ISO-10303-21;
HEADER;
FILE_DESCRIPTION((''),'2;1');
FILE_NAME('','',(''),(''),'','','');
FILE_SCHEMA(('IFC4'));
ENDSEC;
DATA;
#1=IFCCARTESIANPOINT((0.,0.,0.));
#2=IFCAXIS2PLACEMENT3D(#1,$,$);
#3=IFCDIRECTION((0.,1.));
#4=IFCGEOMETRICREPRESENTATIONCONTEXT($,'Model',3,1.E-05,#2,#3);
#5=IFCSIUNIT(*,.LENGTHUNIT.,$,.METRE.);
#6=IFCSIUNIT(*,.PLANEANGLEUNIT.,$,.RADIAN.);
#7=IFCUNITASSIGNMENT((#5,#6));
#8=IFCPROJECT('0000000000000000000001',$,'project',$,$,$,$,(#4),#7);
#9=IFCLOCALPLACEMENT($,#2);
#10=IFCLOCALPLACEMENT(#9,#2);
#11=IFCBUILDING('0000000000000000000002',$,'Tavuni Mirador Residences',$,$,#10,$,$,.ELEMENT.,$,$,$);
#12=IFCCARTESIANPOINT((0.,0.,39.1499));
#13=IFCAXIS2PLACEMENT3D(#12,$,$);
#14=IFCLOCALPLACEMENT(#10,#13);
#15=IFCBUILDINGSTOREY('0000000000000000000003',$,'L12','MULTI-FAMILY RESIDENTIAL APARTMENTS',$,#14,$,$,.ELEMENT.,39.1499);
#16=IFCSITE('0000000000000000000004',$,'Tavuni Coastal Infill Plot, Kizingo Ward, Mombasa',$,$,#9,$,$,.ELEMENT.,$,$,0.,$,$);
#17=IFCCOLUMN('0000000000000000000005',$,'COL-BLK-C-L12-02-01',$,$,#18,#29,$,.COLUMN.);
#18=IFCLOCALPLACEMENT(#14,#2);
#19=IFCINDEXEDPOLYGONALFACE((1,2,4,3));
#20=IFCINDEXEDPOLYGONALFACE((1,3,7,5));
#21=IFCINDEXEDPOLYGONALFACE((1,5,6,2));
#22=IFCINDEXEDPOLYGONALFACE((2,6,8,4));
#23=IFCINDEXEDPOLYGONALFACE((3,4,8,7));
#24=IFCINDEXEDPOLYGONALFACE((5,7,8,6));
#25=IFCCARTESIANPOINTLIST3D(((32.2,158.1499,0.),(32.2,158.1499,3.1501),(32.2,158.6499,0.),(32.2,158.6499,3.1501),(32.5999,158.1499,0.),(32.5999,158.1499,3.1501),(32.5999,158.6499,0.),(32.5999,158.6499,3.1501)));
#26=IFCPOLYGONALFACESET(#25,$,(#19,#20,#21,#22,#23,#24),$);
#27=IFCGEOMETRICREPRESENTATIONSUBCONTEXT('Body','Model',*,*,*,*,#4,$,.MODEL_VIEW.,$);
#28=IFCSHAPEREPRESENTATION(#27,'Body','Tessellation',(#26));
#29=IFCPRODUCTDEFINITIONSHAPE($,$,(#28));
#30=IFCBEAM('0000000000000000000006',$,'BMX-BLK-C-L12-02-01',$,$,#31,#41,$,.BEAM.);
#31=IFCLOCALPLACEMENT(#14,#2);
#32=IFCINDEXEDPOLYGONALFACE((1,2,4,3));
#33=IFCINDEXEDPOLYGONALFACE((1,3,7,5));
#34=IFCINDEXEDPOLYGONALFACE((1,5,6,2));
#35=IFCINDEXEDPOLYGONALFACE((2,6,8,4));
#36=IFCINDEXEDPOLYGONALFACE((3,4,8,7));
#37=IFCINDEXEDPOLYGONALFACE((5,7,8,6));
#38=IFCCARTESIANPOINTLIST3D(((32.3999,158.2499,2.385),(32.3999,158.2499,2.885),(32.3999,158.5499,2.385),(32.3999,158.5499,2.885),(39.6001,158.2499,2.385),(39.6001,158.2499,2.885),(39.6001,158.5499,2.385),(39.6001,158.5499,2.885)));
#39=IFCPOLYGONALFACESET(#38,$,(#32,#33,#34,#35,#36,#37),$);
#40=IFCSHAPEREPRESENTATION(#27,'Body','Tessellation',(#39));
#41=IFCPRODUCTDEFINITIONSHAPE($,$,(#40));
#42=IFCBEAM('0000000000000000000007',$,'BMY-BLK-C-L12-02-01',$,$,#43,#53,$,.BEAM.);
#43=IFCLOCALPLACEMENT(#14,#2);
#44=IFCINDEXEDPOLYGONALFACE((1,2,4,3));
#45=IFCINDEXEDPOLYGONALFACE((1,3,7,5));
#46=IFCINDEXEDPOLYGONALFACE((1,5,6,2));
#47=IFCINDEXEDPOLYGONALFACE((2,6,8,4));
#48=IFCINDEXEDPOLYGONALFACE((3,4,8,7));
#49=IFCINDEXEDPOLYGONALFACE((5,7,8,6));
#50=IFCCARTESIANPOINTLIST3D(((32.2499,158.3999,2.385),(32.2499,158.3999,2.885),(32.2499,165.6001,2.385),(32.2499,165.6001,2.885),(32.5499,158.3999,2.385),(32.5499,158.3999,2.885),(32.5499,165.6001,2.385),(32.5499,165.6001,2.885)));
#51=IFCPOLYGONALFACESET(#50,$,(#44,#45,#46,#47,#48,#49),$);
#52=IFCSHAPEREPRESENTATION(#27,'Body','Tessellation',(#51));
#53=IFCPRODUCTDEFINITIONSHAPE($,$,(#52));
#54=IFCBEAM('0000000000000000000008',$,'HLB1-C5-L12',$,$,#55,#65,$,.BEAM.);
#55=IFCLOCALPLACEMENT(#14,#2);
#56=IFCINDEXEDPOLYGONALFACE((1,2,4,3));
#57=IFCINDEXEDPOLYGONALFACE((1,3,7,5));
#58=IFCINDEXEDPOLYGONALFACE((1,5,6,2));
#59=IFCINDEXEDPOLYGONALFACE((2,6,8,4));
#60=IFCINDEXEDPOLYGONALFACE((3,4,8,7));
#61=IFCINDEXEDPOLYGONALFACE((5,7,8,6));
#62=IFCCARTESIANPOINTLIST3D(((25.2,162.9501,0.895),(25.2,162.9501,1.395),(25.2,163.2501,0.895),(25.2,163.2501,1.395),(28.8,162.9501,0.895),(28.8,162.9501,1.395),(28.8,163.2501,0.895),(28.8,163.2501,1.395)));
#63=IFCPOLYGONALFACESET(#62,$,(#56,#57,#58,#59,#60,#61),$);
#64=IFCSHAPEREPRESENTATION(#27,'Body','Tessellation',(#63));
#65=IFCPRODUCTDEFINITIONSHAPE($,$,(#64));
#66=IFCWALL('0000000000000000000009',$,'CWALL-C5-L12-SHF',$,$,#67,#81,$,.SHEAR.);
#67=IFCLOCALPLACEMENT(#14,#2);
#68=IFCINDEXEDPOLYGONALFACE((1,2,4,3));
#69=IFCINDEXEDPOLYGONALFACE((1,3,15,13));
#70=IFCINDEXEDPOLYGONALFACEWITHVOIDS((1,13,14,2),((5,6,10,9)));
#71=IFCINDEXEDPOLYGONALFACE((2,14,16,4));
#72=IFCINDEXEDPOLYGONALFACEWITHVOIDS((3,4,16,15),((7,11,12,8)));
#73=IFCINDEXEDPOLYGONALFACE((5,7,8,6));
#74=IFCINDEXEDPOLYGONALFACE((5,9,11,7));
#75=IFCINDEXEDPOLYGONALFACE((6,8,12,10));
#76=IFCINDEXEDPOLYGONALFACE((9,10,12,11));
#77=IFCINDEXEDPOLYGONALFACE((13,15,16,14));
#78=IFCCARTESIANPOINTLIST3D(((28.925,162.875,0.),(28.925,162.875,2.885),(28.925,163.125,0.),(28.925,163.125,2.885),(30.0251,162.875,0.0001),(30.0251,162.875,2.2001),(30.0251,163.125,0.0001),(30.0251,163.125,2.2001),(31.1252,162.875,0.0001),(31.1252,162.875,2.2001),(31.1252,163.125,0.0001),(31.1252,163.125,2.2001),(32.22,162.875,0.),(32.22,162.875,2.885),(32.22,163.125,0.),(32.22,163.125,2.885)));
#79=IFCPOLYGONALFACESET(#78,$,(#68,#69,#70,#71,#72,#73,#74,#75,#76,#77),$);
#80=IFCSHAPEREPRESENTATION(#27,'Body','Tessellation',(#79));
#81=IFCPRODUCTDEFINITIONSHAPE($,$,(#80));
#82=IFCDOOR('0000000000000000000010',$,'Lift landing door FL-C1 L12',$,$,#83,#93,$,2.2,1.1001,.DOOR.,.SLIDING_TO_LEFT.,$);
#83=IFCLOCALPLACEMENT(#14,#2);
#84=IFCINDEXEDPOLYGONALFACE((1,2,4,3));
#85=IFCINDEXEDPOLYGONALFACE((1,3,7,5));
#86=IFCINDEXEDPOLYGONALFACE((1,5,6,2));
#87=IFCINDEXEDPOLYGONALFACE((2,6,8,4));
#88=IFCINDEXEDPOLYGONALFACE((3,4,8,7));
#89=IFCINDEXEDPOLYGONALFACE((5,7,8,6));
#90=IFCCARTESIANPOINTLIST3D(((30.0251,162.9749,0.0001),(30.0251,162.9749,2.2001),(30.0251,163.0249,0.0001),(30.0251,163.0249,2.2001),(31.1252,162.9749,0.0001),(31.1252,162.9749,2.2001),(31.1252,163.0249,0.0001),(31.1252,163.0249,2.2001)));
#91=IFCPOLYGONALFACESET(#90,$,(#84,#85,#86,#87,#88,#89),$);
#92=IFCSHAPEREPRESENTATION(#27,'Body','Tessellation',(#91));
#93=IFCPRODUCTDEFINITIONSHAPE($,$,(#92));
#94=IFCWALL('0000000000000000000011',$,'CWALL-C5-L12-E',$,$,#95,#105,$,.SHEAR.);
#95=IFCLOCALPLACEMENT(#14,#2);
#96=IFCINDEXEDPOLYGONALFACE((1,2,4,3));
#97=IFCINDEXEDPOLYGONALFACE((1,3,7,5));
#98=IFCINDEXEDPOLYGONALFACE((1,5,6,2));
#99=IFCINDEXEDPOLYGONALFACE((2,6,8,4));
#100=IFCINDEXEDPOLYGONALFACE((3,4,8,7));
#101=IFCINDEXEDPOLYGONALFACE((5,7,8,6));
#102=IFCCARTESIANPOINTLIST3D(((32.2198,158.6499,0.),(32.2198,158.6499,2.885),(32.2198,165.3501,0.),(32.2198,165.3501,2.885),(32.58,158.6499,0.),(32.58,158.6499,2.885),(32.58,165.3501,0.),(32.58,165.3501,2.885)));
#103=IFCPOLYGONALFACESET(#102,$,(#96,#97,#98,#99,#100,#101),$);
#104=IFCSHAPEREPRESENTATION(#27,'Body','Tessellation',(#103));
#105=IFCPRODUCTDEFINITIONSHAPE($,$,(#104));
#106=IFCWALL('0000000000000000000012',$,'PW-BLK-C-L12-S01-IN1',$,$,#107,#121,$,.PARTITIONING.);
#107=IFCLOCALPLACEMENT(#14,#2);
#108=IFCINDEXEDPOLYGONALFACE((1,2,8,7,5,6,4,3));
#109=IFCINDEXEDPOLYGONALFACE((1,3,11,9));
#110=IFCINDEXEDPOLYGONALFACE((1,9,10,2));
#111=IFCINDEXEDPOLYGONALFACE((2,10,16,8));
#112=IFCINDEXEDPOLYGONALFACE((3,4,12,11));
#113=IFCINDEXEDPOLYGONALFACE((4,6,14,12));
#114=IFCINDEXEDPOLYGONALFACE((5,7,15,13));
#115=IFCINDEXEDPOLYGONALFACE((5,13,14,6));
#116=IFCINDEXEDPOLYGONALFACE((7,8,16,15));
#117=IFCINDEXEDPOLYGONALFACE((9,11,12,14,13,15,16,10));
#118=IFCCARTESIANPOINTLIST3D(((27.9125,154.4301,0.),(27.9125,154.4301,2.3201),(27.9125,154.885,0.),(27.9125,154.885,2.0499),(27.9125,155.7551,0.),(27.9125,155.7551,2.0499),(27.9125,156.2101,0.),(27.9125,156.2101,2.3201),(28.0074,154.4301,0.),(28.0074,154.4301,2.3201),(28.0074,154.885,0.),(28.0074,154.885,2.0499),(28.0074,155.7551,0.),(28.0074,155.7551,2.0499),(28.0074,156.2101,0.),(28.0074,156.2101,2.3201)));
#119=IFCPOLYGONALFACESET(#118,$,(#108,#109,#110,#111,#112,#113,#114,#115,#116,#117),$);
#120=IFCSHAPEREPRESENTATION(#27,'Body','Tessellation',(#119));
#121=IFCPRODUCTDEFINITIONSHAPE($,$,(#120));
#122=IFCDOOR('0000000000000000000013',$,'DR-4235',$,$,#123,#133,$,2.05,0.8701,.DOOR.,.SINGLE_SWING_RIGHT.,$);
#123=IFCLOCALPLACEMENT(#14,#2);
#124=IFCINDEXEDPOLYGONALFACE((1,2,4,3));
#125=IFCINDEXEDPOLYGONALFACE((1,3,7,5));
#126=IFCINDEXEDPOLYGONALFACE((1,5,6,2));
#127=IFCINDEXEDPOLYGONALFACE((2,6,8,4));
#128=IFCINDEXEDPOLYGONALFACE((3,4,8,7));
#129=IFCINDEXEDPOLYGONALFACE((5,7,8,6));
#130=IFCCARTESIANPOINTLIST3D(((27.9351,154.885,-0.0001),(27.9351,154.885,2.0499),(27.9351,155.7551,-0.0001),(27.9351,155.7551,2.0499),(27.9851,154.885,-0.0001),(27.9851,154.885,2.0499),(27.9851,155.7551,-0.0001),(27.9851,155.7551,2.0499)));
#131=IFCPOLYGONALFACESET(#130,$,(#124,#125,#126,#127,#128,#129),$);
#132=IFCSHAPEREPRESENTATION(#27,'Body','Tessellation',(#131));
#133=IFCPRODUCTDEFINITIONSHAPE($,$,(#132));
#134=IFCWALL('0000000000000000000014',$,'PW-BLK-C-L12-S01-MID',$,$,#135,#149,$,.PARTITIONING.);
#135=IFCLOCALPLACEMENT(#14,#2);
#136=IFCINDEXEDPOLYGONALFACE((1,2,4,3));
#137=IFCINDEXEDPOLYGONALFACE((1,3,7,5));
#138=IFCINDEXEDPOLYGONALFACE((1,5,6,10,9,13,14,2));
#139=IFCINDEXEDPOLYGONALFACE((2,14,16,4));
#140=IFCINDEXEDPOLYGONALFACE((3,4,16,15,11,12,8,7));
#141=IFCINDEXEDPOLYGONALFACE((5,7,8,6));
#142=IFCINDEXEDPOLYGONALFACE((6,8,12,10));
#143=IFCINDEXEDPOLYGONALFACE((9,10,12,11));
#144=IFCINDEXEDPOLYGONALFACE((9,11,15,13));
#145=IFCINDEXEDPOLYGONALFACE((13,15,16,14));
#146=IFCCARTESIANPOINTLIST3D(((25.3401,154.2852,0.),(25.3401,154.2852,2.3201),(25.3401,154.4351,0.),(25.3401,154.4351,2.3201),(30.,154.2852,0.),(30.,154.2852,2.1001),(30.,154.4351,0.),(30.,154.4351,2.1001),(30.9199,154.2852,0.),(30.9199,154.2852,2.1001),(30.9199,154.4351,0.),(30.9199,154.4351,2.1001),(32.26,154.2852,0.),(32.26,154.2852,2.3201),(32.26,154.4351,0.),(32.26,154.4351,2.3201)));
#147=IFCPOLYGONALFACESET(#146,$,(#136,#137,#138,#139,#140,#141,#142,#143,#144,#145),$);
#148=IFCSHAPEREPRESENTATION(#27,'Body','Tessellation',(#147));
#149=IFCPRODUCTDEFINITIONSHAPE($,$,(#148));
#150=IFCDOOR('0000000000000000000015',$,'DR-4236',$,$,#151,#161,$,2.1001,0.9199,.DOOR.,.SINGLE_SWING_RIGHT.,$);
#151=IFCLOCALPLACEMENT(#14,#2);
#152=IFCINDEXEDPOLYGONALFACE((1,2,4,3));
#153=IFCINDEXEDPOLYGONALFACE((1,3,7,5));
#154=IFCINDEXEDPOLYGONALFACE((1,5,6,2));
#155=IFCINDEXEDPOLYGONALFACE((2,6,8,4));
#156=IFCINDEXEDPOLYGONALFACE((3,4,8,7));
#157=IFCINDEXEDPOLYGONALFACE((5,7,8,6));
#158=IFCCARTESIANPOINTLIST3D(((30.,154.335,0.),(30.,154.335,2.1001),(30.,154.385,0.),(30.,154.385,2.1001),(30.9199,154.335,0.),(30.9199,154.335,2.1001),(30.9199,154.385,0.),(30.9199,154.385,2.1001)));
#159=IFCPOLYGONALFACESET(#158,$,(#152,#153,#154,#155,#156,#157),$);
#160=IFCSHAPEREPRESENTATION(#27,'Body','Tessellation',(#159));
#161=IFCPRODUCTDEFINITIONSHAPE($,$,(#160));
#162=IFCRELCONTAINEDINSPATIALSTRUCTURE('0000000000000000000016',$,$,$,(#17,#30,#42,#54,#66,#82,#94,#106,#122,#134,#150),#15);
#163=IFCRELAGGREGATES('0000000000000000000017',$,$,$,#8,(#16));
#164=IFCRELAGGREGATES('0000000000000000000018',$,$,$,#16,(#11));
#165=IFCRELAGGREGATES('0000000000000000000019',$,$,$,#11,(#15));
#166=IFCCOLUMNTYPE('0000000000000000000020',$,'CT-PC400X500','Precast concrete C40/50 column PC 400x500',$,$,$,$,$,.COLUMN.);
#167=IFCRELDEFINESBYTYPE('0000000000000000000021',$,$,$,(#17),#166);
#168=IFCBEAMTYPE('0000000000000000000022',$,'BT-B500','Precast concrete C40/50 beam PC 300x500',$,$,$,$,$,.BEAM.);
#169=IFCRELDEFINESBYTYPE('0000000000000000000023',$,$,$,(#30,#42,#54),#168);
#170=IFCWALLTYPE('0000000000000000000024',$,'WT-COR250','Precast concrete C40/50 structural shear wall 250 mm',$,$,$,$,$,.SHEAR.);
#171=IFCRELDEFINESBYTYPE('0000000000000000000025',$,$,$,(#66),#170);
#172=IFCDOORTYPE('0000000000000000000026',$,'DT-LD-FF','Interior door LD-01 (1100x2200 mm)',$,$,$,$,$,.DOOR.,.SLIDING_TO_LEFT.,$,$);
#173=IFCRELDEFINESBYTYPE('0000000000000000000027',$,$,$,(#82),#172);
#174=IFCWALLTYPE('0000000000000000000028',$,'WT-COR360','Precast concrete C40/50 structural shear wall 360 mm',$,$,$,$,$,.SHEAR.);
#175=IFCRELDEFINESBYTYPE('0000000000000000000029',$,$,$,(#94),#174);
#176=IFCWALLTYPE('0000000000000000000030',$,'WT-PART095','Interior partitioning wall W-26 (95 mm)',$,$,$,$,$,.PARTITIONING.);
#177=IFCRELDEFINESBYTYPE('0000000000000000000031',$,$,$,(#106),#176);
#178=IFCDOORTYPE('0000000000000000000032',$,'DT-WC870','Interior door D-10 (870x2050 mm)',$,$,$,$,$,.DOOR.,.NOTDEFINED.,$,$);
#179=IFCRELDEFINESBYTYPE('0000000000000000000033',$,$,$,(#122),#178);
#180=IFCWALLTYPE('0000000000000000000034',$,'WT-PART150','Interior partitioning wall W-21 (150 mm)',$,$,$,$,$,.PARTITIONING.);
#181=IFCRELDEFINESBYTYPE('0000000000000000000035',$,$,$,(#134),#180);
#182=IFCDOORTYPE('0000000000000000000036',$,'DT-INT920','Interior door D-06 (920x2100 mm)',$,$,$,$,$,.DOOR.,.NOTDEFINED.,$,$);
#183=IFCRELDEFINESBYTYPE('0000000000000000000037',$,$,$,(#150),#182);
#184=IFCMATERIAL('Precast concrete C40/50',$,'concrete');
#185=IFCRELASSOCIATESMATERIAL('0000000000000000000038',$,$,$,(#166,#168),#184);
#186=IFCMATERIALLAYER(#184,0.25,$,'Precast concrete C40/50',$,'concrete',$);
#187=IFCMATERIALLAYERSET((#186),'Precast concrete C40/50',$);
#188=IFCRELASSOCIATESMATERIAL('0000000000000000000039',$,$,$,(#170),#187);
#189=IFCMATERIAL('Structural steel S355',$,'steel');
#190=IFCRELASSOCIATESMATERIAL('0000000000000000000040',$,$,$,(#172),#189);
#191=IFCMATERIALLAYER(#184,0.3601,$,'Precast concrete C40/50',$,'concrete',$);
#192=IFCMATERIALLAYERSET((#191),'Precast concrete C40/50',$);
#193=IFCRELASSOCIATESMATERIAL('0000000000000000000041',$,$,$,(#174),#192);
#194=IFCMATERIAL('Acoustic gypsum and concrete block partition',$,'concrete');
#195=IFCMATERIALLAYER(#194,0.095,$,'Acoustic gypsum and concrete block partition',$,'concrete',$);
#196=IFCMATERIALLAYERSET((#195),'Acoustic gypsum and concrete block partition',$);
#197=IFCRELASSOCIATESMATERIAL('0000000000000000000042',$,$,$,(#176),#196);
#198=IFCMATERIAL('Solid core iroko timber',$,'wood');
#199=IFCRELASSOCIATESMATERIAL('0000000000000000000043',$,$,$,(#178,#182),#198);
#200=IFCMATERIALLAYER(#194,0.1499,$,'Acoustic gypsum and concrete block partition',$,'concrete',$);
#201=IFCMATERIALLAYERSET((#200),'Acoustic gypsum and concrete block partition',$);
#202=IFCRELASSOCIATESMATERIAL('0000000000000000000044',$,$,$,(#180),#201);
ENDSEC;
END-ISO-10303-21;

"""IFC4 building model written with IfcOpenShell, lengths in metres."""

from ifc_helpers import new_model, si_unit, direction, frame, frame_2d, origin, origin_2d, place, context, subcontext, project, spatial, rectangle, extrude, material, layer, layer_set, material_profile, profile_set, type_object, element, fill, save


model = new_model("IFC4")

# Units and contexts
model_context = context("Model", 3, precision=1e-05, world=origin(), true_north=direction((0.0, 1.0)))
body_context = subcontext(model_context, "Body", "Model", "MODEL_VIEW")
ifc_project = project(units=[si_unit("LENGTHUNIT", "METRE"), si_unit("PLANEANGLEUNIT", "RADIAN")], contexts=[model_context])

# Site, building, storey
site_placement = place(None, origin())
site = spatial("IfcSite", under=ifc_project, at=site_placement, Name="Tavuni Coastal Infill Plot, Kizingo Ward, Mombasa", CompositionType="ELEMENT", RefElevation=0.0)
building_placement = place(site_placement, origin())
building = spatial("IfcBuilding", under=site, at=building_placement, Name="Tavuni Mirador Residences", CompositionType="ELEMENT")
storey_placement = place(building_placement, frame((0.0, 0.0, 39.1499)))
storey = spatial("IfcBuildingStorey", under=building, at=storey_placement, Name="L12", Description="MULTI-FAMILY RESIDENTIAL APARTMENTS", CompositionType="ELEMENT", Elevation=39.1499)

# Column
ifc_material_1 = material(Name="Precast concrete C40/50", Category="concrete")
ifc_material_profile_1 = material_profile(ifc_material_1, rectangle(XDim=0.3999, YDim=0.5, at=origin_2d()), Name="PC 400x500", Category="concrete")
ifc_profile_set_1 = profile_set([ifc_material_profile_1], Name="Precast concrete C40/50")
column_type = type_object("IfcColumnType", Name="CT-PC400X500", Description="Precast concrete C40/50 column PC 400x500", PredefinedType="COLUMN", material=ifc_profile_set_1)
column_placement = place(storey_placement, frame((32.3999, 158.3999, 0.0), z_axis=(0.0, 0.0, 1.0), x_axis=(1.0, 0.0, 0.0)))
element("IfcColumn", 1, at=column_placement, inside=storey, type_object=column_type, Name="COL-BLK-C-L12-02-01", PredefinedType="COLUMN", context=body_context, shape_type="SweptSolid", body=[
    extrude(rectangle(XDim=0.3999, YDim=0.5, at=origin_2d()), origin(), (0.0, 0.0, 1.0), 3.1501),
])

# Beams
ifc_material_profile_2 = material_profile(ifc_material_1, rectangle(XDim=0.3, YDim=0.5, at=origin_2d()), Name="PC 300x500", Category="concrete")
ifc_profile_set_2 = profile_set([ifc_material_profile_2], Name="Precast concrete C40/50")
beam_type = type_object("IfcBeamType", Name="BT-B500", Description="Precast concrete C40/50 beam PC 300x500", PredefinedType="BEAM", material=ifc_profile_set_2)
for number, where, z_axis, x_axis, name in (
    (2, (32.3999, 158.3999, 2.635), (1.0, 0.0, 0.0), (0.0, 1.0, 0.0), "BMX-BLK-C-L12-02-01"),
    (3, (32.3999, 158.3999, 2.635), (0.0, 1.0, 0.0), (-1.0, 0.0, 0.0), "BMY-BLK-C-L12-02-01"),
):
    element("IfcBeam", number, at=place(storey_placement, frame(where, z_axis=z_axis, x_axis=x_axis)), inside=storey, type_object=beam_type, Name=name, PredefinedType="BEAM", context=body_context, shape_type="SweptSolid", body=[
        extrude(rectangle(XDim=0.3, YDim=0.5, at=origin_2d()), origin(), (0.0, 0.0, 1.0), 7.2002),
    ])
beam_placement = place(storey_placement, frame((25.2, 163.1001, 1.145), z_axis=(1.0, 0.0, 0.0), x_axis=(0.0, 1.0, 0.0)))
element("IfcBeam", 4, at=beam_placement, inside=storey, type_object=beam_type, Name="HLB1-C5-L12", PredefinedType="BEAM", context=body_context, shape_type="SweptSolid", body=[
    extrude(rectangle(XDim=0.3, YDim=0.5, at=origin_2d()), origin(), (0.0, 0.0, 1.0), 3.6001),
])

# Wall, opening, door
ifc_layer_1 = layer(ifc_material_1, 0.25, Name="Precast concrete C40/50", Category="concrete")
ifc_layer_set_1 = layer_set([ifc_layer_1], Name="Precast concrete C40/50")
wall_type_1 = type_object("IfcWallType", Name="WT-COR250", Description="Precast concrete C40/50 structural shear wall 250 mm", PredefinedType="SHEAR", material=ifc_layer_set_1)
ifc_material_2 = material(Name="Solid core iroko timber", Category="wood")
wall_1_placement = place(storey_placement, frame((28.925, 163.0, 0.0), z_axis=(0.0, 0.0, 1.0), x_axis=(1.0, 0.0, 0.0)))
wall_1 = element("IfcWall", 5, at=wall_1_placement, inside=storey, type_object=wall_type_1, Name="CWALL-C5-L12-SHF", PredefinedType="SHEAR", context=body_context, shape_type="SweptSolid", body=[
    extrude(rectangle(XDim=3.2949, YDim=0.25, at=frame_2d((1.6475, 0.0))), origin(), (0.0, 0.0, 1.0), 2.885),
])
opening_1_placement = place(wall_1_placement, frame((1.1001, 0.0, 0.0)))
opening_1 = element("IfcOpeningElement", 6, at=opening_1_placement, cuts=wall_1, PredefinedType="OPENING", context=body_context, shape_type="SweptSolid", body=[
    extrude(rectangle(XDim=1.1001, YDim=2.2, at=frame_2d((0.55, 1.1001))), frame((0.0, 0.135, 0.0), z_axis=(0.0, -1.0, 0.0), x_axis=(1.0, 0.0, 0.0)), (0.0, 0.0, 1.0), 0.27),
])
ifc_material_3 = material(Name="Structural steel S355", Category="steel")
door_type_1 = type_object("IfcDoorType", Name="DT-LD-FF", Description="Interior door LD-01 (1100x2200 mm)", OperationType="SLIDING_TO_LEFT", PredefinedType="DOOR", material=ifc_material_3)
door_1_placement = place(opening_1_placement, origin())
door_1 = element("IfcDoor", 7, at=door_1_placement, inside=storey, type_object=door_type_1, Name="Lift landing door FL-C1 L12", OperationType="SLIDING_TO_LEFT", OverallHeight=2.2, OverallWidth=1.1001, PredefinedType="DOOR", context=body_context, shape_type="SweptSolid", body=[
    extrude(rectangle(XDim=1.1001, YDim=2.2, at=frame_2d((0.55, 1.1001))), frame((0.0, 0.0249, 0.0), z_axis=(0.0, -1.0, 0.0), x_axis=(1.0, 0.0, 0.0)), (0.0, 0.0, 1.0), 0.05),
])
fill(opening_1, door_1)

# Wall
ifc_layer_2 = layer(ifc_material_1, 0.3601, Name="Precast concrete C40/50", Category="concrete")
ifc_layer_set_2 = layer_set([ifc_layer_2], Name="Precast concrete C40/50")
wall_type_2 = type_object("IfcWallType", Name="WT-COR360", Description="Precast concrete C40/50 structural shear wall 360 mm", PredefinedType="SHEAR", material=ifc_layer_set_2)
wall_2_placement = place(storey_placement, frame((32.3999, 158.6499, 0.0), z_axis=(0.0, 0.0, 1.0), x_axis=(0.0, 1.0, 0.0)))
element("IfcWall", 8, at=wall_2_placement, inside=storey, type_object=wall_type_2, Name="CWALL-C5-L12-E", PredefinedType="SHEAR", context=body_context, shape_type="SweptSolid", body=[
    extrude(rectangle(XDim=6.7002, YDim=0.3601, at=frame_2d((3.3501, 0.0))), origin(), (0.0, 0.0, 1.0), 2.885),
])

# Walls, openings, doors
ifc_material_4 = material(Name="Acoustic gypsum and concrete block partition", Category="concrete")
ifc_layer_3 = layer(ifc_material_4, 0.095, Name="Acoustic gypsum and concrete block partition", Category="concrete")
ifc_layer_set_3 = layer_set([ifc_layer_3], Name="Acoustic gypsum and concrete block partition")
wall_type_3 = type_object("IfcWallType", Name="WT-PART095", Description="Interior partitioning wall W-26 (95 mm)", PredefinedType="PARTITIONING", material=ifc_layer_set_3)
wall_3_placement = place(storey_placement, frame((27.96, 154.4299, 0.0), z_axis=(0.0, 0.0, 1.0), x_axis=(0.0, 1.0, 0.0)))
wall_3 = element("IfcWall", 9, at=wall_3_placement, inside=storey, type_object=wall_type_3, Name="PW-BLK-C-L12-S01-IN1", PredefinedType="PARTITIONING", context=body_context, shape_type="SweptSolid", body=[
    extrude(rectangle(XDim=1.78, YDim=0.095, at=frame_2d((0.8901, 0.0))), origin(), (0.0, 0.0, 1.0), 2.3201),
])
opening_2_placement = place(wall_3_placement, frame((0.4551, 0.0, 0.0)))
opening_2 = element("IfcOpeningElement", 10, at=opening_2_placement, cuts=wall_3, PredefinedType="OPENING", context=body_context, shape_type="SweptSolid", body=[
    extrude(rectangle(XDim=0.8701, YDim=2.05, at=frame_2d((0.4351, 1.0249))), frame((0.0, 0.0576, 0.0), z_axis=(0.0, -1.0, 0.0), x_axis=(1.0, 0.0, 0.0)), (0.0, 0.0, 1.0), 0.115),
])
door_type_2 = type_object("IfcDoorType", Name="DT-WC870", Description="Interior door D-10 (870x2050 mm)", OperationType="NOTDEFINED", PredefinedType="DOOR", material=ifc_material_2)
door_2_placement = place(opening_2_placement, origin())
door_2 = element("IfcDoor", 11, at=door_2_placement, inside=storey, type_object=door_type_2, Name="DR-4235", OperationType="SINGLE_SWING_RIGHT", OverallHeight=2.05, OverallWidth=0.8701, PredefinedType="DOOR", context=body_context, shape_type="SweptSolid", body=[
    extrude(rectangle(XDim=0.8701, YDim=2.05, at=frame_2d((0.4351, 1.0249))), frame((0.0, 0.0249, 0.0), z_axis=(0.0, -1.0, 0.0), x_axis=(1.0, 0.0, 0.0)), (0.0, 0.0, 1.0), 0.05),
])
fill(opening_2, door_2)
ifc_layer_4 = layer(ifc_material_4, 0.1499, Name="Acoustic gypsum and concrete block partition", Category="concrete")
ifc_layer_set_4 = layer_set([ifc_layer_4], Name="Acoustic gypsum and concrete block partition")
wall_type_4 = type_object("IfcWallType", Name="WT-PART150", Description="Interior partitioning wall W-21 (150 mm)", PredefinedType="PARTITIONING", material=ifc_layer_set_4)
wall_4_placement = place(storey_placement, frame((25.3401, 154.3601, 0.0), z_axis=(0.0, 0.0, 1.0), x_axis=(1.0, 0.0, 0.0)))
wall_4 = element("IfcWall", 12, at=wall_4_placement, inside=storey, type_object=wall_type_4, Name="PW-BLK-C-L12-S01-MID", PredefinedType="PARTITIONING", context=body_context, shape_type="SweptSolid", body=[
    extrude(rectangle(XDim=6.9199, YDim=0.1499, at=frame_2d((3.46, 0.0))), origin(), (0.0, 0.0, 1.0), 2.3201),
])
opening_3_placement = place(wall_4_placement, frame((4.6599, 0.0, 0.0)))
opening_3 = element("IfcOpeningElement", 13, at=opening_3_placement, cuts=wall_4, PredefinedType="OPENING", context=body_context, shape_type="SweptSolid", body=[
    extrude(rectangle(XDim=0.9199, YDim=2.1001, at=frame_2d((0.46, 1.05))), frame((0.0, 0.085, 0.0), z_axis=(0.0, -1.0, 0.0), x_axis=(1.0, 0.0, 0.0)), (0.0, 0.0, 1.0), 0.1699),
])
door_type_3 = type_object("IfcDoorType", Name="DT-INT920", Description="Interior door D-06 (920x2100 mm)", OperationType="NOTDEFINED", PredefinedType="DOOR", material=ifc_material_2)
door_3_placement = place(opening_3_placement, origin())
door_3 = element("IfcDoor", 14, at=door_3_placement, inside=storey, type_object=door_type_3, Name="DR-4236", OperationType="SINGLE_SWING_RIGHT", OverallHeight=2.1001, OverallWidth=0.9199, PredefinedType="DOOR", context=body_context, shape_type="SweptSolid", body=[
    extrude(rectangle(XDim=0.9199, YDim=2.1001, at=frame_2d((0.46, 1.05))), frame((0.0, 0.0249, 0.0), z_axis=(0.0, -1.0, 0.0), x_axis=(1.0, 0.0, 0.0)), (0.0, 0.0, 1.0), 0.05),
])
fill(opening_3, door_3)

save(model, "model.ifc")
